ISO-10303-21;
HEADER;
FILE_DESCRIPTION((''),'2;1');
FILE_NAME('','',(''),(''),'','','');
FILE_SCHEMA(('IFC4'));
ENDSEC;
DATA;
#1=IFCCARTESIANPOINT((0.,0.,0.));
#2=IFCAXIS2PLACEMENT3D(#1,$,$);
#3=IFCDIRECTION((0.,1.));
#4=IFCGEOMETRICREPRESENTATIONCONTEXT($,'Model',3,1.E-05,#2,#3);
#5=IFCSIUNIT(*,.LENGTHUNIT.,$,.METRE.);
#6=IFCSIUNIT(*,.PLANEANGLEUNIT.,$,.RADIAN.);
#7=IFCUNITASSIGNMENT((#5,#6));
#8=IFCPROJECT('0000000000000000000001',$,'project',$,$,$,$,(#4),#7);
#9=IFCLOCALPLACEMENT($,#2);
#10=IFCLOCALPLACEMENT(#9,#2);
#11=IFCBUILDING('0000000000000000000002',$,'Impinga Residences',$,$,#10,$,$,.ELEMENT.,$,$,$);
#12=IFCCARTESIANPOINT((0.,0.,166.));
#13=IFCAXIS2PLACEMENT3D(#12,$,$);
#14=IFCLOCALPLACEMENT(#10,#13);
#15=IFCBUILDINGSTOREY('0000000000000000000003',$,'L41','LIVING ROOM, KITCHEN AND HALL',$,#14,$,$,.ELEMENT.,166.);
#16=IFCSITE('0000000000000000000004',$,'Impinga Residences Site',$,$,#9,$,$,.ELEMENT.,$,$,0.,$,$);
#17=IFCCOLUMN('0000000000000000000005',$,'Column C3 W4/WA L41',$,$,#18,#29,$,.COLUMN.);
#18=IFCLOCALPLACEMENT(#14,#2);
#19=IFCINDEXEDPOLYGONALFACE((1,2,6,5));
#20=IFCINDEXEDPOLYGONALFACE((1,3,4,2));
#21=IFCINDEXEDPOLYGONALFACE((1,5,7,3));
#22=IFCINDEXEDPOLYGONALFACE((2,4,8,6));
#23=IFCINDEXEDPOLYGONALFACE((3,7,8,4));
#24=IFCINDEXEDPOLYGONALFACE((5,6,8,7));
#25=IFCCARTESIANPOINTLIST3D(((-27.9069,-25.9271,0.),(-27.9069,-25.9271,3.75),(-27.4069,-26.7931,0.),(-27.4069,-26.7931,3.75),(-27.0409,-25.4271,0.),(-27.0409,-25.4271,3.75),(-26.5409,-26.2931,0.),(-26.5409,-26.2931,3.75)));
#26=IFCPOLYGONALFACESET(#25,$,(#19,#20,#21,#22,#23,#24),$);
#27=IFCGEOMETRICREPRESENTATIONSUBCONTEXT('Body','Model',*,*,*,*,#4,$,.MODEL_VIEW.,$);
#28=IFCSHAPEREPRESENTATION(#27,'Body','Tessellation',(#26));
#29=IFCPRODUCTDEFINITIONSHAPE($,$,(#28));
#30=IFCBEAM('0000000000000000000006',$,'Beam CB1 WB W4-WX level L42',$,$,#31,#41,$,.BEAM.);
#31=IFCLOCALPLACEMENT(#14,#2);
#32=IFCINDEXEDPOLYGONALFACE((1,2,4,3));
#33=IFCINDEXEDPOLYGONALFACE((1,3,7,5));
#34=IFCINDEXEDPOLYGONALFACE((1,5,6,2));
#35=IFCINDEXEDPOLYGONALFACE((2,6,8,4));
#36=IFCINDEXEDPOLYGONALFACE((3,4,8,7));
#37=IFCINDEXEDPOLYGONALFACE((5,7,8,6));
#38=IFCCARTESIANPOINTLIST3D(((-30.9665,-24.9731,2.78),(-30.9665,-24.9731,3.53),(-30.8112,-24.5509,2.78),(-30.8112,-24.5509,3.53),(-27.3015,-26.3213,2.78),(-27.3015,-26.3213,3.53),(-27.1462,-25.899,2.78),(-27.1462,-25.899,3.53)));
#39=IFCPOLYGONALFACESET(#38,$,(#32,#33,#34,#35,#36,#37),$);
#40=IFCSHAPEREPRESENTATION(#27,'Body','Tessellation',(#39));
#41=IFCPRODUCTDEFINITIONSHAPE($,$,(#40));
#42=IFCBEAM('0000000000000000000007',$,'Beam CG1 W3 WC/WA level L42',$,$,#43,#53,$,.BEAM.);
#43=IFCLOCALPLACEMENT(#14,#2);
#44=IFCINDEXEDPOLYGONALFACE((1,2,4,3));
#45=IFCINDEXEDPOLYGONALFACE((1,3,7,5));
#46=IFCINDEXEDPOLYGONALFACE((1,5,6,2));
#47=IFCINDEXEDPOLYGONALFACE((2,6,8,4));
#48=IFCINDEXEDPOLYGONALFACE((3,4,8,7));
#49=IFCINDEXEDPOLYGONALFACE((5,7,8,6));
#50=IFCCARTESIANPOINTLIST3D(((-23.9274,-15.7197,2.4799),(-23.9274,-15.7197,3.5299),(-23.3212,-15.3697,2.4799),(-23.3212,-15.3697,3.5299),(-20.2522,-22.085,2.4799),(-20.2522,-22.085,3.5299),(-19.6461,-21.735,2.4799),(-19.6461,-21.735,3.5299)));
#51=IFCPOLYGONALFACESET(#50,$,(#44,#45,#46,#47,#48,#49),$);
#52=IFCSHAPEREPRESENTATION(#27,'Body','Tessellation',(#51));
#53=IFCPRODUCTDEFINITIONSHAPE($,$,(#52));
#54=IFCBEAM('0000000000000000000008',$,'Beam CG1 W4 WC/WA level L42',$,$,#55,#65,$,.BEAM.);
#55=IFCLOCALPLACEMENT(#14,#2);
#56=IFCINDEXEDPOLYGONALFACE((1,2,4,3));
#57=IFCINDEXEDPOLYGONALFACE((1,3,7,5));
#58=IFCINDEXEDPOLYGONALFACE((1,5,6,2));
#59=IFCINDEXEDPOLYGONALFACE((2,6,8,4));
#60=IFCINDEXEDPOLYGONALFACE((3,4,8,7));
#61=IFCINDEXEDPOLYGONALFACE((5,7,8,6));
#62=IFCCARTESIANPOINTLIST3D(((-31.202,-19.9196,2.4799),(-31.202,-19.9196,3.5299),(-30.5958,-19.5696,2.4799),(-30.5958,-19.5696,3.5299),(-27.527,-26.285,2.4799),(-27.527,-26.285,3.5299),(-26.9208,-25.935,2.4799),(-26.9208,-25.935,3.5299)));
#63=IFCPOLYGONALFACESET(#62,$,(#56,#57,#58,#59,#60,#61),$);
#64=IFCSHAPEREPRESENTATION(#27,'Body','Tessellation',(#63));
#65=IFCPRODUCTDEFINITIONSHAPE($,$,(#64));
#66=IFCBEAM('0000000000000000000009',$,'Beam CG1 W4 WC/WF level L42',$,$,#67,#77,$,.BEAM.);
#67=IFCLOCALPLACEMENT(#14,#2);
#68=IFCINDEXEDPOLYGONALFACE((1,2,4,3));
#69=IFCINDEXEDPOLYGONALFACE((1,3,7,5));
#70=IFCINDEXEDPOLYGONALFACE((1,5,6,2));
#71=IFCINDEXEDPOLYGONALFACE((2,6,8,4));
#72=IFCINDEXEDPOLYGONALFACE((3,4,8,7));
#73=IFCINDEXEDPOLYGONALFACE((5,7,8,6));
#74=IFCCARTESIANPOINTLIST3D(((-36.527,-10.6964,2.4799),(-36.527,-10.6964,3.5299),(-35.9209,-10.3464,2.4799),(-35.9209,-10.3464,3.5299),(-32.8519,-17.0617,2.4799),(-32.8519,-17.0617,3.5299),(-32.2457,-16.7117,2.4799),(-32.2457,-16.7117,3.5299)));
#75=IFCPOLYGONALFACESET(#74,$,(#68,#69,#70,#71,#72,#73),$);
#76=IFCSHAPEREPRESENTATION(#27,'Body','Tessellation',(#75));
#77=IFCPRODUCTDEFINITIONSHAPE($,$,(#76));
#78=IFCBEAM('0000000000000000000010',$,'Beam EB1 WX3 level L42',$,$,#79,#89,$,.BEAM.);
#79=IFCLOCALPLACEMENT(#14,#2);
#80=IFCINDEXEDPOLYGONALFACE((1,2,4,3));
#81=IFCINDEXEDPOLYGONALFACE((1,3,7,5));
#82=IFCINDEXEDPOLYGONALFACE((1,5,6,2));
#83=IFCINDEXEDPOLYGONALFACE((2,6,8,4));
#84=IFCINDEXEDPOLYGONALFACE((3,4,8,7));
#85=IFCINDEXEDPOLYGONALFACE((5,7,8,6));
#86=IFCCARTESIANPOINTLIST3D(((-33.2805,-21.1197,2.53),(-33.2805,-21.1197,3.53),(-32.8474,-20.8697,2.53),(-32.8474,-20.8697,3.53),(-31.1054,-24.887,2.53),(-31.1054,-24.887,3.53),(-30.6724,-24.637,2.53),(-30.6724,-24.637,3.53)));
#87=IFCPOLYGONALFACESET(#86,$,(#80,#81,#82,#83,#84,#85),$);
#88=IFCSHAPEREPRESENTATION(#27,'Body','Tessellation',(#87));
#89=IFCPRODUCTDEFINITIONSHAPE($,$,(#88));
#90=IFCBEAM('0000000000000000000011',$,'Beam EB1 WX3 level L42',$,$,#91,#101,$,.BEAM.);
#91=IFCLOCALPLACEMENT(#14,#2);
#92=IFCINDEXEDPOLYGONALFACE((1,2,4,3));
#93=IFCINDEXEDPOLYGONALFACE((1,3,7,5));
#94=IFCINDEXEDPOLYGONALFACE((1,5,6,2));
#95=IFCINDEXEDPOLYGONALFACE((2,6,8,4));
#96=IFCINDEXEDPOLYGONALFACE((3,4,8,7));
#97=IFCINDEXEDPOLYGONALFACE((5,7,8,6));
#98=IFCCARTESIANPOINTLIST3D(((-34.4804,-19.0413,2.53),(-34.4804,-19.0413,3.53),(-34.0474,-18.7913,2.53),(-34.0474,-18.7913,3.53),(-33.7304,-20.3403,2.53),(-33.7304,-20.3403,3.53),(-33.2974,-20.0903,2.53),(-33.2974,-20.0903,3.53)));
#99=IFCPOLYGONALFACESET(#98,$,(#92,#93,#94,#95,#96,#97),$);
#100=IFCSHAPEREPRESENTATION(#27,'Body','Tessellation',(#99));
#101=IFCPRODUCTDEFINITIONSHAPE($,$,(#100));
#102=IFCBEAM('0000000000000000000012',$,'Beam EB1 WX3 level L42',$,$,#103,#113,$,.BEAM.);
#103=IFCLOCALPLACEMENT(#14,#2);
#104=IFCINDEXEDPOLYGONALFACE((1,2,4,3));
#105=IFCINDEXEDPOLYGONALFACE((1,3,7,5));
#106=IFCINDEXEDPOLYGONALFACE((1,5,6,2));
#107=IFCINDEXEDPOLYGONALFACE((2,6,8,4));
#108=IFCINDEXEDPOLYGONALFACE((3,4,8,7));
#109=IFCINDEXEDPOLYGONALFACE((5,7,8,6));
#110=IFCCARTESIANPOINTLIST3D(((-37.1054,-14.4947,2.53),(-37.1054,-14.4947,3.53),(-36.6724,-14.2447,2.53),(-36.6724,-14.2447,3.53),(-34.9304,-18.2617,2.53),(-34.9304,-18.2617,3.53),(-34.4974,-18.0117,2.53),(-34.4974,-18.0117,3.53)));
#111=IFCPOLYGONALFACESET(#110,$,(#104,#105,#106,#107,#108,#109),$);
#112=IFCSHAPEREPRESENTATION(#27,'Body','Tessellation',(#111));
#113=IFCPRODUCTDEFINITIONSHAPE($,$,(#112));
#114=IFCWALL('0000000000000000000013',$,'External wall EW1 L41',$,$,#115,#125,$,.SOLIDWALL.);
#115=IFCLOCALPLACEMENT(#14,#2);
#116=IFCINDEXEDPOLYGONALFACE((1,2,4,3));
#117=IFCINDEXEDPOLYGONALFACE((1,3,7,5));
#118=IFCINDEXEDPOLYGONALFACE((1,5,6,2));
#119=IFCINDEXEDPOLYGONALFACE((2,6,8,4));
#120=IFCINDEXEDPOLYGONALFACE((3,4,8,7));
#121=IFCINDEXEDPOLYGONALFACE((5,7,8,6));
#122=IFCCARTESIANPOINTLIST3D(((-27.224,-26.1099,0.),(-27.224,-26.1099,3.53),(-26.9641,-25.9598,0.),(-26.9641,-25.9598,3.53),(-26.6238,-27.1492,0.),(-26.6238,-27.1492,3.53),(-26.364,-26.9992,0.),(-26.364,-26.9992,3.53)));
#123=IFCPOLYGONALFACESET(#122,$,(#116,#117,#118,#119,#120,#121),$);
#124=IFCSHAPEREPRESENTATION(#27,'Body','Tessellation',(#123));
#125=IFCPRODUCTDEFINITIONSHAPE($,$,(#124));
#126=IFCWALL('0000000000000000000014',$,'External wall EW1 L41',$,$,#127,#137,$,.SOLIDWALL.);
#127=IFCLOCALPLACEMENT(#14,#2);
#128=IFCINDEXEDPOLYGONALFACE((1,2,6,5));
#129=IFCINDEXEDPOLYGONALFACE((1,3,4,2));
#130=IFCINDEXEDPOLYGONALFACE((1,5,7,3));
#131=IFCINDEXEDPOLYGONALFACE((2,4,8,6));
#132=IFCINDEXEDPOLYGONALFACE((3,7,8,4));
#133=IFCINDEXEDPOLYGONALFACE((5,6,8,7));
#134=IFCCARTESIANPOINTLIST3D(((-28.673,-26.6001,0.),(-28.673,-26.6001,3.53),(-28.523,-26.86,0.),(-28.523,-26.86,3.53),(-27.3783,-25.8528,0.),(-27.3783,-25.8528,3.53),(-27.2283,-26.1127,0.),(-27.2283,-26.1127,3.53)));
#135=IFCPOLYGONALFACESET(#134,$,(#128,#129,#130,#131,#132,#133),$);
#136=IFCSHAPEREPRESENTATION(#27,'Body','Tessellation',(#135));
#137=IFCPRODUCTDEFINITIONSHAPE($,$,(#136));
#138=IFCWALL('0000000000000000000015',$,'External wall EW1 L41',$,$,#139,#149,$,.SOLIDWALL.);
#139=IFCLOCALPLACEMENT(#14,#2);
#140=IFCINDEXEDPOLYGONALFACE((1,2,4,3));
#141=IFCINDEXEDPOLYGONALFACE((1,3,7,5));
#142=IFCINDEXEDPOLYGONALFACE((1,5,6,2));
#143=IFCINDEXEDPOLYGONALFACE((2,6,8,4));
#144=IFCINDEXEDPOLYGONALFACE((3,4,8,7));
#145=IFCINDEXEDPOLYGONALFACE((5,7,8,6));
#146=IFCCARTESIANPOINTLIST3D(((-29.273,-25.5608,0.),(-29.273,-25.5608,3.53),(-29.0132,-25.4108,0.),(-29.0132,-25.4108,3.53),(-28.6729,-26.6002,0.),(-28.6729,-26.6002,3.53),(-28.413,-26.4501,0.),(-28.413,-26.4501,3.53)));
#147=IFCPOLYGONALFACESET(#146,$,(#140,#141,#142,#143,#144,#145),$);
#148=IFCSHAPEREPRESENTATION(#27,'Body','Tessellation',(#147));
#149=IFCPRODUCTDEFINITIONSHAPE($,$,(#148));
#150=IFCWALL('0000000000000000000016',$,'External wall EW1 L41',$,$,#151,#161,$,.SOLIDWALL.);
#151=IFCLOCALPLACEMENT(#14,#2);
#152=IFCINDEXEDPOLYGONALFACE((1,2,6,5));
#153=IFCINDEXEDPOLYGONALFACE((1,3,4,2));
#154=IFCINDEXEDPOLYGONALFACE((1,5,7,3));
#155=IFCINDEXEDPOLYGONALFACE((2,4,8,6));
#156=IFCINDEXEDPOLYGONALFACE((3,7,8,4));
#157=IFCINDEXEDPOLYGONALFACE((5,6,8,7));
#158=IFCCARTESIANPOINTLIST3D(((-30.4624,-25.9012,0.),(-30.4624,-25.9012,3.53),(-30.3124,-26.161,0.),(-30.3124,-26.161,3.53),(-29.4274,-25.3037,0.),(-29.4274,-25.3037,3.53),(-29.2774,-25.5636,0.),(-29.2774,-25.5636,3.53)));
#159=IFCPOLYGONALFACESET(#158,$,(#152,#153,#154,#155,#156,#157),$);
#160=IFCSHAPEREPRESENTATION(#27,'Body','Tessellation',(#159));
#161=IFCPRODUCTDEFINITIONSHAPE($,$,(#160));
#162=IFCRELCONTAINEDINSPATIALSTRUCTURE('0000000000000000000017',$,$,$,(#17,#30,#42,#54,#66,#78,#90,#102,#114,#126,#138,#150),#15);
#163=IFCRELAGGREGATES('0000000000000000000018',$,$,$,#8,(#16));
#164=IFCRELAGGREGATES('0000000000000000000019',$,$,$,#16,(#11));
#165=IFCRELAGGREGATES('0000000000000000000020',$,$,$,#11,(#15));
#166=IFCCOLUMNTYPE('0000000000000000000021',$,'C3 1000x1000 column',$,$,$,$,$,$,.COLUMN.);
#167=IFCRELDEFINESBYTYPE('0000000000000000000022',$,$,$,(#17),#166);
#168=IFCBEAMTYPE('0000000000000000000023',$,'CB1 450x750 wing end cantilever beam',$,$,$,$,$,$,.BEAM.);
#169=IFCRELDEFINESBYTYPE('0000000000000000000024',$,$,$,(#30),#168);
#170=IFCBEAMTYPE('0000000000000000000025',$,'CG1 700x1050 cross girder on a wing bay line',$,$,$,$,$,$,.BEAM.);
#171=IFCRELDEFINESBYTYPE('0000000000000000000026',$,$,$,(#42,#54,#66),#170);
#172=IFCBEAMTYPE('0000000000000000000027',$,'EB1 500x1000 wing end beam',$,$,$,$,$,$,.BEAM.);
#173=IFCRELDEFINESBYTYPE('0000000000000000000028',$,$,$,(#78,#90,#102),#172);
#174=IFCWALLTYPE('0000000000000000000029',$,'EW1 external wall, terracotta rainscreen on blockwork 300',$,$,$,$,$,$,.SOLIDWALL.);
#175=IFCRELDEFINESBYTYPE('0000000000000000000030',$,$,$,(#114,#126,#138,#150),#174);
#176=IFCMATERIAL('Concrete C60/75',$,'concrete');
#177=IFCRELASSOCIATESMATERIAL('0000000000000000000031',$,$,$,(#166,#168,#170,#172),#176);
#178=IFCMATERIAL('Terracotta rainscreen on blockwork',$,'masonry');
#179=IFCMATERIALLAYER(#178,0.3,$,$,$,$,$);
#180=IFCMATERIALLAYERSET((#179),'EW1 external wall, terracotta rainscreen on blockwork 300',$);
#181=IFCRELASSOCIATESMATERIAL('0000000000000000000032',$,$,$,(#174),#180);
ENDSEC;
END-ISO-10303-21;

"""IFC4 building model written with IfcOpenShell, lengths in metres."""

from ifc_helpers import new_model, si_unit, direction, frame, frame_2d, origin, origin_2d, place, context, subcontext, project, spatial, rectangle, extrude, material, layer, layer_set, material_profile, profile_set, type_object, element, save


model = new_model("IFC4")

# Units and contexts
model_context = context("Model", 3, precision=1e-05, world=origin(), true_north=direction((0.0, 1.0)))
body_context = subcontext(model_context, "Body", "Model", "MODEL_VIEW")
ifc_project = project(units=[si_unit("LENGTHUNIT", "METRE"), si_unit("PLANEANGLEUNIT", "RADIAN")], contexts=[model_context])

# Site, building, storey
site_placement = place(None, origin())
site = spatial("IfcSite", under=ifc_project, at=site_placement, Name="Impinga Residences Site", CompositionType="ELEMENT", RefElevation=0.0)
building_placement = place(site_placement, origin())
building = spatial("IfcBuilding", under=site, at=building_placement, Name="Impinga Residences", CompositionType="ELEMENT")
storey_placement = place(building_placement, frame((0.0, 0.0, 166.0)))
storey = spatial("IfcBuildingStorey", under=building, at=storey_placement, Name="L41", Description="LIVING ROOM, KITCHEN AND HALL", CompositionType="ELEMENT", Elevation=166.0)

# Column
ifc_material_1 = material(Name="Concrete C60/75", Category="concrete")
ifc_material_profile_1 = material_profile(ifc_material_1, rectangle(XDim=1.0, YDim=1.0, at=origin_2d()), Name="RC 1000x1000")
ifc_profile_set_1 = profile_set([ifc_material_profile_1], Name="Concrete C60/75")
column_type = type_object("IfcColumnType", Name="C3 1000x1000 column", PredefinedType="COLUMN", material=ifc_profile_set_1)
column_placement = place(storey_placement, frame((-27.2239, -26.1101, 0.0), z_axis=(0.0, 0.0, 1.0), x_axis=(-0.5, 0.866025, 0.0)))
element("IfcColumn", 1, at=column_placement, inside=storey, type_object=column_type, Name="Column C3 W4/WA L41", PredefinedType="COLUMN", context=body_context, shape_type="SweptSolid", body=[
    extrude(rectangle(XDim=1.0, YDim=1.0, at=origin_2d()), origin(), (0.0, 0.0, 1.0), 3.75),
])

# Beams
ifc_material_profile_2 = material_profile(ifc_material_1, rectangle(XDim=0.45, YDim=0.75, at=origin_2d()), Name="RC 450x750")
ifc_profile_set_2 = profile_set([ifc_material_profile_2], Name="Concrete C60/75")
beam_type_1 = type_object("IfcBeamType", Name="CB1 450x750 wing end cantilever beam", PredefinedType="BEAM", material=ifc_profile_set_2)
beam_1_placement = place(storey_placement, frame((-27.2239, -26.1101, 3.155), z_axis=(-0.93852, 0.345224, 0.0), x_axis=(-0.345224, -0.93852, 0.0)))
element("IfcBeam", 2, at=beam_1_placement, inside=storey, type_object=beam_type_1, Name="Beam CB1 WB W4-WX level L42", PredefinedType="BEAM", context=body_context, shape_type="SweptSolid", body=[
    extrude(rectangle(XDim=0.45, YDim=0.75, at=origin_2d()), origin(), (0.0, 0.0, 1.0), 3.905),
])
ifc_material_profile_3 = material_profile(ifc_material_1, rectangle(XDim=0.7, YDim=1.05, at=origin_2d()), Name="RC 700x1050")
ifc_profile_set_3 = profile_set([ifc_material_profile_3], Name="Concrete C60/75")
beam_type_2 = type_object("IfcBeamType", Name="CG1 700x1050 cross girder on a wing bay line", PredefinedType="BEAM", material=ifc_profile_set_3)
for number, where, z_axis, x_axis, name in (
    (3, (-23.6243, -15.5447, 3.0049), (0.500008, -0.866021, 0.0), (0.866021, 0.500008, 0.0), "Beam CG1 W3 WC/WA level L42"),
    (4, (-30.8989, -19.7446, 3.0049), (0.499994, -0.866029, 0.0), (0.866029, 0.499994, 0.0), "Beam CG1 W4 WC/WA level L42"),
    (5, (-32.5488, -16.8867, 3.0049), (-0.500008, 0.866021, 0.0), (-0.866021, -0.500008, 0.0), "Beam CG1 W4 WC/WF level L42"),
):
    element("IfcBeam", number, at=place(storey_placement, frame(where, z_axis=z_axis, x_axis=x_axis)), inside=storey, type_object=beam_type_2, Name=name, PredefinedType="BEAM", context=body_context, shape_type="SweptSolid", body=[
        extrude(rectangle(XDim=0.7, YDim=1.05, at=origin_2d()), origin(), (0.0, 0.0, 1.0), 7.3501),
    ])
ifc_material_profile_4 = material_profile(ifc_material_1, rectangle(XDim=0.5, YDim=1.0, at=origin_2d()), Name="RC 500x1000")
ifc_profile_set_4 = profile_set([ifc_material_profile_4], Name="Concrete C60/75")
beam_type_3 = type_object("IfcBeamType", Name="EB1 500x1000 wing end beam", PredefinedType="BEAM", material=ifc_profile_set_4)
beam_2_placement = place(storey_placement, frame((-30.8889, -24.762, 3.03), z_axis=(-0.499996, 0.866028, 0.0), x_axis=(-0.866028, -0.499996, 0.0)))
element("IfcBeam", 6, at=beam_2_placement, inside=storey, type_object=beam_type_3, Name="Beam EB1 WX3 level L42", PredefinedType="BEAM", context=body_context, shape_type="SweptSolid", body=[
    extrude(rectangle(XDim=0.5, YDim=1.0, at=origin_2d()), origin(), (0.0, 0.0, 1.0), 4.3501),
])
beam_3_placement = place(storey_placement, frame((-33.5139, -20.2153, 3.03), z_axis=(-0.49999, 0.866031, 0.0), x_axis=(-0.866031, -0.49999, 0.0)))
element("IfcBeam", 7, at=beam_3_placement, inside=storey, type_object=beam_type_3, Name="Beam EB1 WX3 level L42", PredefinedType="BEAM", context=body_context, shape_type="SweptSolid", body=[
    extrude(rectangle(XDim=0.5, YDim=1.0, at=origin_2d()), origin(), (0.0, 0.0, 1.0), 1.5),
])
beam_4_placement = place(storey_placement, frame((-34.7139, -18.1367, 3.03), z_axis=(-0.50002, 0.866014, 0.0), x_axis=(-0.866014, -0.50002, 0.0)))
element("IfcBeam", 8, at=beam_4_placement, inside=storey, type_object=beam_type_3, Name="Beam EB1 WX3 level L42", PredefinedType="BEAM", context=body_context, shape_type="SweptSolid", body=[
    extrude(rectangle(XDim=0.5, YDim=1.0, at=origin_2d()), origin(), (0.0, 0.0, 1.0), 4.3499),
])

# Walls
ifc_material_2 = material(Name="Terracotta rainscreen on blockwork", Category="masonry")
ifc_layer_1 = layer(ifc_material_2, 0.3)
ifc_layer_set_1 = layer_set([ifc_layer_1], Name="EW1 external wall, terracotta rainscreen on blockwork 300")
wall_type_1 = type_object("IfcWallType", Name="EW1 external wall, terracotta rainscreen on blockwork 300", PredefinedType="SOLIDWALL", material=ifc_layer_set_1)
wall_1_placement = place(storey_placement, frame((-26.4939, -27.0742, 0.0), z_axis=(0.0, 0.0, 1.0), x_axis=(-0.500034, 0.866006, 0.0)))
element("IfcWall", 9, at=wall_1_placement, inside=storey, type_object=wall_type_1, Name="External wall EW1 L41", PredefinedType="SOLIDWALL", context=body_context, shape_type="SweptSolid", body=[
    extrude(rectangle(XDim=1.2002, YDim=0.3, at=frame_2d((0.6001, 0.0))), origin(), (0.0, 0.0, 1.0), 3.53),
])
wall_2_placement = place(storey_placement, frame((-27.3032, -25.9827, 0.0), z_axis=(0.0, 0.0, 1.0), x_axis=(-0.866074, -0.499916, 0.0)))
element("IfcWall", 10, at=wall_2_placement, inside=storey, type_object=wall_type_1, Name="External wall EW1 L41", PredefinedType="SOLIDWALL", context=body_context, shape_type="SweptSolid", body=[
    extrude(rectangle(XDim=1.4949, YDim=0.3, at=frame_2d((0.7476, 0.0))), origin(), (0.0, 0.0, 1.0), 3.53),
])
wall_3_placement = place(storey_placement, frame((-28.543, -26.5251, 0.0), z_axis=(0.0, 0.0, 1.0), x_axis=(-0.500034, 0.866006, 0.0)))
element("IfcWall", 11, at=wall_3_placement, inside=storey, type_object=wall_type_1, Name="External wall EW1 L41", PredefinedType="SOLIDWALL", context=body_context, shape_type="SweptSolid", body=[
    extrude(rectangle(XDim=1.2002, YDim=0.3, at=frame_2d((0.6001, 0.0))), origin(), (0.0, 0.0, 1.0), 3.53),
])
wall_4_placement = place(storey_placement, frame((-29.3523, -25.4336, 0.0), z_axis=(0.0, 0.0, 1.0), x_axis=(-0.86606, -0.499941, 0.0)))
element("IfcWall", 12, at=wall_4_placement, inside=storey, type_object=wall_type_1, Name="External wall EW1 L41", PredefinedType="SOLIDWALL", context=body_context, shape_type="SweptSolid", body=[
    extrude(rectangle(XDim=1.1951, YDim=0.3, at=frame_2d((0.5977, 0.0))), origin(), (0.0, 0.0, 1.0), 3.53),
])

save(model, "model.ifc")
